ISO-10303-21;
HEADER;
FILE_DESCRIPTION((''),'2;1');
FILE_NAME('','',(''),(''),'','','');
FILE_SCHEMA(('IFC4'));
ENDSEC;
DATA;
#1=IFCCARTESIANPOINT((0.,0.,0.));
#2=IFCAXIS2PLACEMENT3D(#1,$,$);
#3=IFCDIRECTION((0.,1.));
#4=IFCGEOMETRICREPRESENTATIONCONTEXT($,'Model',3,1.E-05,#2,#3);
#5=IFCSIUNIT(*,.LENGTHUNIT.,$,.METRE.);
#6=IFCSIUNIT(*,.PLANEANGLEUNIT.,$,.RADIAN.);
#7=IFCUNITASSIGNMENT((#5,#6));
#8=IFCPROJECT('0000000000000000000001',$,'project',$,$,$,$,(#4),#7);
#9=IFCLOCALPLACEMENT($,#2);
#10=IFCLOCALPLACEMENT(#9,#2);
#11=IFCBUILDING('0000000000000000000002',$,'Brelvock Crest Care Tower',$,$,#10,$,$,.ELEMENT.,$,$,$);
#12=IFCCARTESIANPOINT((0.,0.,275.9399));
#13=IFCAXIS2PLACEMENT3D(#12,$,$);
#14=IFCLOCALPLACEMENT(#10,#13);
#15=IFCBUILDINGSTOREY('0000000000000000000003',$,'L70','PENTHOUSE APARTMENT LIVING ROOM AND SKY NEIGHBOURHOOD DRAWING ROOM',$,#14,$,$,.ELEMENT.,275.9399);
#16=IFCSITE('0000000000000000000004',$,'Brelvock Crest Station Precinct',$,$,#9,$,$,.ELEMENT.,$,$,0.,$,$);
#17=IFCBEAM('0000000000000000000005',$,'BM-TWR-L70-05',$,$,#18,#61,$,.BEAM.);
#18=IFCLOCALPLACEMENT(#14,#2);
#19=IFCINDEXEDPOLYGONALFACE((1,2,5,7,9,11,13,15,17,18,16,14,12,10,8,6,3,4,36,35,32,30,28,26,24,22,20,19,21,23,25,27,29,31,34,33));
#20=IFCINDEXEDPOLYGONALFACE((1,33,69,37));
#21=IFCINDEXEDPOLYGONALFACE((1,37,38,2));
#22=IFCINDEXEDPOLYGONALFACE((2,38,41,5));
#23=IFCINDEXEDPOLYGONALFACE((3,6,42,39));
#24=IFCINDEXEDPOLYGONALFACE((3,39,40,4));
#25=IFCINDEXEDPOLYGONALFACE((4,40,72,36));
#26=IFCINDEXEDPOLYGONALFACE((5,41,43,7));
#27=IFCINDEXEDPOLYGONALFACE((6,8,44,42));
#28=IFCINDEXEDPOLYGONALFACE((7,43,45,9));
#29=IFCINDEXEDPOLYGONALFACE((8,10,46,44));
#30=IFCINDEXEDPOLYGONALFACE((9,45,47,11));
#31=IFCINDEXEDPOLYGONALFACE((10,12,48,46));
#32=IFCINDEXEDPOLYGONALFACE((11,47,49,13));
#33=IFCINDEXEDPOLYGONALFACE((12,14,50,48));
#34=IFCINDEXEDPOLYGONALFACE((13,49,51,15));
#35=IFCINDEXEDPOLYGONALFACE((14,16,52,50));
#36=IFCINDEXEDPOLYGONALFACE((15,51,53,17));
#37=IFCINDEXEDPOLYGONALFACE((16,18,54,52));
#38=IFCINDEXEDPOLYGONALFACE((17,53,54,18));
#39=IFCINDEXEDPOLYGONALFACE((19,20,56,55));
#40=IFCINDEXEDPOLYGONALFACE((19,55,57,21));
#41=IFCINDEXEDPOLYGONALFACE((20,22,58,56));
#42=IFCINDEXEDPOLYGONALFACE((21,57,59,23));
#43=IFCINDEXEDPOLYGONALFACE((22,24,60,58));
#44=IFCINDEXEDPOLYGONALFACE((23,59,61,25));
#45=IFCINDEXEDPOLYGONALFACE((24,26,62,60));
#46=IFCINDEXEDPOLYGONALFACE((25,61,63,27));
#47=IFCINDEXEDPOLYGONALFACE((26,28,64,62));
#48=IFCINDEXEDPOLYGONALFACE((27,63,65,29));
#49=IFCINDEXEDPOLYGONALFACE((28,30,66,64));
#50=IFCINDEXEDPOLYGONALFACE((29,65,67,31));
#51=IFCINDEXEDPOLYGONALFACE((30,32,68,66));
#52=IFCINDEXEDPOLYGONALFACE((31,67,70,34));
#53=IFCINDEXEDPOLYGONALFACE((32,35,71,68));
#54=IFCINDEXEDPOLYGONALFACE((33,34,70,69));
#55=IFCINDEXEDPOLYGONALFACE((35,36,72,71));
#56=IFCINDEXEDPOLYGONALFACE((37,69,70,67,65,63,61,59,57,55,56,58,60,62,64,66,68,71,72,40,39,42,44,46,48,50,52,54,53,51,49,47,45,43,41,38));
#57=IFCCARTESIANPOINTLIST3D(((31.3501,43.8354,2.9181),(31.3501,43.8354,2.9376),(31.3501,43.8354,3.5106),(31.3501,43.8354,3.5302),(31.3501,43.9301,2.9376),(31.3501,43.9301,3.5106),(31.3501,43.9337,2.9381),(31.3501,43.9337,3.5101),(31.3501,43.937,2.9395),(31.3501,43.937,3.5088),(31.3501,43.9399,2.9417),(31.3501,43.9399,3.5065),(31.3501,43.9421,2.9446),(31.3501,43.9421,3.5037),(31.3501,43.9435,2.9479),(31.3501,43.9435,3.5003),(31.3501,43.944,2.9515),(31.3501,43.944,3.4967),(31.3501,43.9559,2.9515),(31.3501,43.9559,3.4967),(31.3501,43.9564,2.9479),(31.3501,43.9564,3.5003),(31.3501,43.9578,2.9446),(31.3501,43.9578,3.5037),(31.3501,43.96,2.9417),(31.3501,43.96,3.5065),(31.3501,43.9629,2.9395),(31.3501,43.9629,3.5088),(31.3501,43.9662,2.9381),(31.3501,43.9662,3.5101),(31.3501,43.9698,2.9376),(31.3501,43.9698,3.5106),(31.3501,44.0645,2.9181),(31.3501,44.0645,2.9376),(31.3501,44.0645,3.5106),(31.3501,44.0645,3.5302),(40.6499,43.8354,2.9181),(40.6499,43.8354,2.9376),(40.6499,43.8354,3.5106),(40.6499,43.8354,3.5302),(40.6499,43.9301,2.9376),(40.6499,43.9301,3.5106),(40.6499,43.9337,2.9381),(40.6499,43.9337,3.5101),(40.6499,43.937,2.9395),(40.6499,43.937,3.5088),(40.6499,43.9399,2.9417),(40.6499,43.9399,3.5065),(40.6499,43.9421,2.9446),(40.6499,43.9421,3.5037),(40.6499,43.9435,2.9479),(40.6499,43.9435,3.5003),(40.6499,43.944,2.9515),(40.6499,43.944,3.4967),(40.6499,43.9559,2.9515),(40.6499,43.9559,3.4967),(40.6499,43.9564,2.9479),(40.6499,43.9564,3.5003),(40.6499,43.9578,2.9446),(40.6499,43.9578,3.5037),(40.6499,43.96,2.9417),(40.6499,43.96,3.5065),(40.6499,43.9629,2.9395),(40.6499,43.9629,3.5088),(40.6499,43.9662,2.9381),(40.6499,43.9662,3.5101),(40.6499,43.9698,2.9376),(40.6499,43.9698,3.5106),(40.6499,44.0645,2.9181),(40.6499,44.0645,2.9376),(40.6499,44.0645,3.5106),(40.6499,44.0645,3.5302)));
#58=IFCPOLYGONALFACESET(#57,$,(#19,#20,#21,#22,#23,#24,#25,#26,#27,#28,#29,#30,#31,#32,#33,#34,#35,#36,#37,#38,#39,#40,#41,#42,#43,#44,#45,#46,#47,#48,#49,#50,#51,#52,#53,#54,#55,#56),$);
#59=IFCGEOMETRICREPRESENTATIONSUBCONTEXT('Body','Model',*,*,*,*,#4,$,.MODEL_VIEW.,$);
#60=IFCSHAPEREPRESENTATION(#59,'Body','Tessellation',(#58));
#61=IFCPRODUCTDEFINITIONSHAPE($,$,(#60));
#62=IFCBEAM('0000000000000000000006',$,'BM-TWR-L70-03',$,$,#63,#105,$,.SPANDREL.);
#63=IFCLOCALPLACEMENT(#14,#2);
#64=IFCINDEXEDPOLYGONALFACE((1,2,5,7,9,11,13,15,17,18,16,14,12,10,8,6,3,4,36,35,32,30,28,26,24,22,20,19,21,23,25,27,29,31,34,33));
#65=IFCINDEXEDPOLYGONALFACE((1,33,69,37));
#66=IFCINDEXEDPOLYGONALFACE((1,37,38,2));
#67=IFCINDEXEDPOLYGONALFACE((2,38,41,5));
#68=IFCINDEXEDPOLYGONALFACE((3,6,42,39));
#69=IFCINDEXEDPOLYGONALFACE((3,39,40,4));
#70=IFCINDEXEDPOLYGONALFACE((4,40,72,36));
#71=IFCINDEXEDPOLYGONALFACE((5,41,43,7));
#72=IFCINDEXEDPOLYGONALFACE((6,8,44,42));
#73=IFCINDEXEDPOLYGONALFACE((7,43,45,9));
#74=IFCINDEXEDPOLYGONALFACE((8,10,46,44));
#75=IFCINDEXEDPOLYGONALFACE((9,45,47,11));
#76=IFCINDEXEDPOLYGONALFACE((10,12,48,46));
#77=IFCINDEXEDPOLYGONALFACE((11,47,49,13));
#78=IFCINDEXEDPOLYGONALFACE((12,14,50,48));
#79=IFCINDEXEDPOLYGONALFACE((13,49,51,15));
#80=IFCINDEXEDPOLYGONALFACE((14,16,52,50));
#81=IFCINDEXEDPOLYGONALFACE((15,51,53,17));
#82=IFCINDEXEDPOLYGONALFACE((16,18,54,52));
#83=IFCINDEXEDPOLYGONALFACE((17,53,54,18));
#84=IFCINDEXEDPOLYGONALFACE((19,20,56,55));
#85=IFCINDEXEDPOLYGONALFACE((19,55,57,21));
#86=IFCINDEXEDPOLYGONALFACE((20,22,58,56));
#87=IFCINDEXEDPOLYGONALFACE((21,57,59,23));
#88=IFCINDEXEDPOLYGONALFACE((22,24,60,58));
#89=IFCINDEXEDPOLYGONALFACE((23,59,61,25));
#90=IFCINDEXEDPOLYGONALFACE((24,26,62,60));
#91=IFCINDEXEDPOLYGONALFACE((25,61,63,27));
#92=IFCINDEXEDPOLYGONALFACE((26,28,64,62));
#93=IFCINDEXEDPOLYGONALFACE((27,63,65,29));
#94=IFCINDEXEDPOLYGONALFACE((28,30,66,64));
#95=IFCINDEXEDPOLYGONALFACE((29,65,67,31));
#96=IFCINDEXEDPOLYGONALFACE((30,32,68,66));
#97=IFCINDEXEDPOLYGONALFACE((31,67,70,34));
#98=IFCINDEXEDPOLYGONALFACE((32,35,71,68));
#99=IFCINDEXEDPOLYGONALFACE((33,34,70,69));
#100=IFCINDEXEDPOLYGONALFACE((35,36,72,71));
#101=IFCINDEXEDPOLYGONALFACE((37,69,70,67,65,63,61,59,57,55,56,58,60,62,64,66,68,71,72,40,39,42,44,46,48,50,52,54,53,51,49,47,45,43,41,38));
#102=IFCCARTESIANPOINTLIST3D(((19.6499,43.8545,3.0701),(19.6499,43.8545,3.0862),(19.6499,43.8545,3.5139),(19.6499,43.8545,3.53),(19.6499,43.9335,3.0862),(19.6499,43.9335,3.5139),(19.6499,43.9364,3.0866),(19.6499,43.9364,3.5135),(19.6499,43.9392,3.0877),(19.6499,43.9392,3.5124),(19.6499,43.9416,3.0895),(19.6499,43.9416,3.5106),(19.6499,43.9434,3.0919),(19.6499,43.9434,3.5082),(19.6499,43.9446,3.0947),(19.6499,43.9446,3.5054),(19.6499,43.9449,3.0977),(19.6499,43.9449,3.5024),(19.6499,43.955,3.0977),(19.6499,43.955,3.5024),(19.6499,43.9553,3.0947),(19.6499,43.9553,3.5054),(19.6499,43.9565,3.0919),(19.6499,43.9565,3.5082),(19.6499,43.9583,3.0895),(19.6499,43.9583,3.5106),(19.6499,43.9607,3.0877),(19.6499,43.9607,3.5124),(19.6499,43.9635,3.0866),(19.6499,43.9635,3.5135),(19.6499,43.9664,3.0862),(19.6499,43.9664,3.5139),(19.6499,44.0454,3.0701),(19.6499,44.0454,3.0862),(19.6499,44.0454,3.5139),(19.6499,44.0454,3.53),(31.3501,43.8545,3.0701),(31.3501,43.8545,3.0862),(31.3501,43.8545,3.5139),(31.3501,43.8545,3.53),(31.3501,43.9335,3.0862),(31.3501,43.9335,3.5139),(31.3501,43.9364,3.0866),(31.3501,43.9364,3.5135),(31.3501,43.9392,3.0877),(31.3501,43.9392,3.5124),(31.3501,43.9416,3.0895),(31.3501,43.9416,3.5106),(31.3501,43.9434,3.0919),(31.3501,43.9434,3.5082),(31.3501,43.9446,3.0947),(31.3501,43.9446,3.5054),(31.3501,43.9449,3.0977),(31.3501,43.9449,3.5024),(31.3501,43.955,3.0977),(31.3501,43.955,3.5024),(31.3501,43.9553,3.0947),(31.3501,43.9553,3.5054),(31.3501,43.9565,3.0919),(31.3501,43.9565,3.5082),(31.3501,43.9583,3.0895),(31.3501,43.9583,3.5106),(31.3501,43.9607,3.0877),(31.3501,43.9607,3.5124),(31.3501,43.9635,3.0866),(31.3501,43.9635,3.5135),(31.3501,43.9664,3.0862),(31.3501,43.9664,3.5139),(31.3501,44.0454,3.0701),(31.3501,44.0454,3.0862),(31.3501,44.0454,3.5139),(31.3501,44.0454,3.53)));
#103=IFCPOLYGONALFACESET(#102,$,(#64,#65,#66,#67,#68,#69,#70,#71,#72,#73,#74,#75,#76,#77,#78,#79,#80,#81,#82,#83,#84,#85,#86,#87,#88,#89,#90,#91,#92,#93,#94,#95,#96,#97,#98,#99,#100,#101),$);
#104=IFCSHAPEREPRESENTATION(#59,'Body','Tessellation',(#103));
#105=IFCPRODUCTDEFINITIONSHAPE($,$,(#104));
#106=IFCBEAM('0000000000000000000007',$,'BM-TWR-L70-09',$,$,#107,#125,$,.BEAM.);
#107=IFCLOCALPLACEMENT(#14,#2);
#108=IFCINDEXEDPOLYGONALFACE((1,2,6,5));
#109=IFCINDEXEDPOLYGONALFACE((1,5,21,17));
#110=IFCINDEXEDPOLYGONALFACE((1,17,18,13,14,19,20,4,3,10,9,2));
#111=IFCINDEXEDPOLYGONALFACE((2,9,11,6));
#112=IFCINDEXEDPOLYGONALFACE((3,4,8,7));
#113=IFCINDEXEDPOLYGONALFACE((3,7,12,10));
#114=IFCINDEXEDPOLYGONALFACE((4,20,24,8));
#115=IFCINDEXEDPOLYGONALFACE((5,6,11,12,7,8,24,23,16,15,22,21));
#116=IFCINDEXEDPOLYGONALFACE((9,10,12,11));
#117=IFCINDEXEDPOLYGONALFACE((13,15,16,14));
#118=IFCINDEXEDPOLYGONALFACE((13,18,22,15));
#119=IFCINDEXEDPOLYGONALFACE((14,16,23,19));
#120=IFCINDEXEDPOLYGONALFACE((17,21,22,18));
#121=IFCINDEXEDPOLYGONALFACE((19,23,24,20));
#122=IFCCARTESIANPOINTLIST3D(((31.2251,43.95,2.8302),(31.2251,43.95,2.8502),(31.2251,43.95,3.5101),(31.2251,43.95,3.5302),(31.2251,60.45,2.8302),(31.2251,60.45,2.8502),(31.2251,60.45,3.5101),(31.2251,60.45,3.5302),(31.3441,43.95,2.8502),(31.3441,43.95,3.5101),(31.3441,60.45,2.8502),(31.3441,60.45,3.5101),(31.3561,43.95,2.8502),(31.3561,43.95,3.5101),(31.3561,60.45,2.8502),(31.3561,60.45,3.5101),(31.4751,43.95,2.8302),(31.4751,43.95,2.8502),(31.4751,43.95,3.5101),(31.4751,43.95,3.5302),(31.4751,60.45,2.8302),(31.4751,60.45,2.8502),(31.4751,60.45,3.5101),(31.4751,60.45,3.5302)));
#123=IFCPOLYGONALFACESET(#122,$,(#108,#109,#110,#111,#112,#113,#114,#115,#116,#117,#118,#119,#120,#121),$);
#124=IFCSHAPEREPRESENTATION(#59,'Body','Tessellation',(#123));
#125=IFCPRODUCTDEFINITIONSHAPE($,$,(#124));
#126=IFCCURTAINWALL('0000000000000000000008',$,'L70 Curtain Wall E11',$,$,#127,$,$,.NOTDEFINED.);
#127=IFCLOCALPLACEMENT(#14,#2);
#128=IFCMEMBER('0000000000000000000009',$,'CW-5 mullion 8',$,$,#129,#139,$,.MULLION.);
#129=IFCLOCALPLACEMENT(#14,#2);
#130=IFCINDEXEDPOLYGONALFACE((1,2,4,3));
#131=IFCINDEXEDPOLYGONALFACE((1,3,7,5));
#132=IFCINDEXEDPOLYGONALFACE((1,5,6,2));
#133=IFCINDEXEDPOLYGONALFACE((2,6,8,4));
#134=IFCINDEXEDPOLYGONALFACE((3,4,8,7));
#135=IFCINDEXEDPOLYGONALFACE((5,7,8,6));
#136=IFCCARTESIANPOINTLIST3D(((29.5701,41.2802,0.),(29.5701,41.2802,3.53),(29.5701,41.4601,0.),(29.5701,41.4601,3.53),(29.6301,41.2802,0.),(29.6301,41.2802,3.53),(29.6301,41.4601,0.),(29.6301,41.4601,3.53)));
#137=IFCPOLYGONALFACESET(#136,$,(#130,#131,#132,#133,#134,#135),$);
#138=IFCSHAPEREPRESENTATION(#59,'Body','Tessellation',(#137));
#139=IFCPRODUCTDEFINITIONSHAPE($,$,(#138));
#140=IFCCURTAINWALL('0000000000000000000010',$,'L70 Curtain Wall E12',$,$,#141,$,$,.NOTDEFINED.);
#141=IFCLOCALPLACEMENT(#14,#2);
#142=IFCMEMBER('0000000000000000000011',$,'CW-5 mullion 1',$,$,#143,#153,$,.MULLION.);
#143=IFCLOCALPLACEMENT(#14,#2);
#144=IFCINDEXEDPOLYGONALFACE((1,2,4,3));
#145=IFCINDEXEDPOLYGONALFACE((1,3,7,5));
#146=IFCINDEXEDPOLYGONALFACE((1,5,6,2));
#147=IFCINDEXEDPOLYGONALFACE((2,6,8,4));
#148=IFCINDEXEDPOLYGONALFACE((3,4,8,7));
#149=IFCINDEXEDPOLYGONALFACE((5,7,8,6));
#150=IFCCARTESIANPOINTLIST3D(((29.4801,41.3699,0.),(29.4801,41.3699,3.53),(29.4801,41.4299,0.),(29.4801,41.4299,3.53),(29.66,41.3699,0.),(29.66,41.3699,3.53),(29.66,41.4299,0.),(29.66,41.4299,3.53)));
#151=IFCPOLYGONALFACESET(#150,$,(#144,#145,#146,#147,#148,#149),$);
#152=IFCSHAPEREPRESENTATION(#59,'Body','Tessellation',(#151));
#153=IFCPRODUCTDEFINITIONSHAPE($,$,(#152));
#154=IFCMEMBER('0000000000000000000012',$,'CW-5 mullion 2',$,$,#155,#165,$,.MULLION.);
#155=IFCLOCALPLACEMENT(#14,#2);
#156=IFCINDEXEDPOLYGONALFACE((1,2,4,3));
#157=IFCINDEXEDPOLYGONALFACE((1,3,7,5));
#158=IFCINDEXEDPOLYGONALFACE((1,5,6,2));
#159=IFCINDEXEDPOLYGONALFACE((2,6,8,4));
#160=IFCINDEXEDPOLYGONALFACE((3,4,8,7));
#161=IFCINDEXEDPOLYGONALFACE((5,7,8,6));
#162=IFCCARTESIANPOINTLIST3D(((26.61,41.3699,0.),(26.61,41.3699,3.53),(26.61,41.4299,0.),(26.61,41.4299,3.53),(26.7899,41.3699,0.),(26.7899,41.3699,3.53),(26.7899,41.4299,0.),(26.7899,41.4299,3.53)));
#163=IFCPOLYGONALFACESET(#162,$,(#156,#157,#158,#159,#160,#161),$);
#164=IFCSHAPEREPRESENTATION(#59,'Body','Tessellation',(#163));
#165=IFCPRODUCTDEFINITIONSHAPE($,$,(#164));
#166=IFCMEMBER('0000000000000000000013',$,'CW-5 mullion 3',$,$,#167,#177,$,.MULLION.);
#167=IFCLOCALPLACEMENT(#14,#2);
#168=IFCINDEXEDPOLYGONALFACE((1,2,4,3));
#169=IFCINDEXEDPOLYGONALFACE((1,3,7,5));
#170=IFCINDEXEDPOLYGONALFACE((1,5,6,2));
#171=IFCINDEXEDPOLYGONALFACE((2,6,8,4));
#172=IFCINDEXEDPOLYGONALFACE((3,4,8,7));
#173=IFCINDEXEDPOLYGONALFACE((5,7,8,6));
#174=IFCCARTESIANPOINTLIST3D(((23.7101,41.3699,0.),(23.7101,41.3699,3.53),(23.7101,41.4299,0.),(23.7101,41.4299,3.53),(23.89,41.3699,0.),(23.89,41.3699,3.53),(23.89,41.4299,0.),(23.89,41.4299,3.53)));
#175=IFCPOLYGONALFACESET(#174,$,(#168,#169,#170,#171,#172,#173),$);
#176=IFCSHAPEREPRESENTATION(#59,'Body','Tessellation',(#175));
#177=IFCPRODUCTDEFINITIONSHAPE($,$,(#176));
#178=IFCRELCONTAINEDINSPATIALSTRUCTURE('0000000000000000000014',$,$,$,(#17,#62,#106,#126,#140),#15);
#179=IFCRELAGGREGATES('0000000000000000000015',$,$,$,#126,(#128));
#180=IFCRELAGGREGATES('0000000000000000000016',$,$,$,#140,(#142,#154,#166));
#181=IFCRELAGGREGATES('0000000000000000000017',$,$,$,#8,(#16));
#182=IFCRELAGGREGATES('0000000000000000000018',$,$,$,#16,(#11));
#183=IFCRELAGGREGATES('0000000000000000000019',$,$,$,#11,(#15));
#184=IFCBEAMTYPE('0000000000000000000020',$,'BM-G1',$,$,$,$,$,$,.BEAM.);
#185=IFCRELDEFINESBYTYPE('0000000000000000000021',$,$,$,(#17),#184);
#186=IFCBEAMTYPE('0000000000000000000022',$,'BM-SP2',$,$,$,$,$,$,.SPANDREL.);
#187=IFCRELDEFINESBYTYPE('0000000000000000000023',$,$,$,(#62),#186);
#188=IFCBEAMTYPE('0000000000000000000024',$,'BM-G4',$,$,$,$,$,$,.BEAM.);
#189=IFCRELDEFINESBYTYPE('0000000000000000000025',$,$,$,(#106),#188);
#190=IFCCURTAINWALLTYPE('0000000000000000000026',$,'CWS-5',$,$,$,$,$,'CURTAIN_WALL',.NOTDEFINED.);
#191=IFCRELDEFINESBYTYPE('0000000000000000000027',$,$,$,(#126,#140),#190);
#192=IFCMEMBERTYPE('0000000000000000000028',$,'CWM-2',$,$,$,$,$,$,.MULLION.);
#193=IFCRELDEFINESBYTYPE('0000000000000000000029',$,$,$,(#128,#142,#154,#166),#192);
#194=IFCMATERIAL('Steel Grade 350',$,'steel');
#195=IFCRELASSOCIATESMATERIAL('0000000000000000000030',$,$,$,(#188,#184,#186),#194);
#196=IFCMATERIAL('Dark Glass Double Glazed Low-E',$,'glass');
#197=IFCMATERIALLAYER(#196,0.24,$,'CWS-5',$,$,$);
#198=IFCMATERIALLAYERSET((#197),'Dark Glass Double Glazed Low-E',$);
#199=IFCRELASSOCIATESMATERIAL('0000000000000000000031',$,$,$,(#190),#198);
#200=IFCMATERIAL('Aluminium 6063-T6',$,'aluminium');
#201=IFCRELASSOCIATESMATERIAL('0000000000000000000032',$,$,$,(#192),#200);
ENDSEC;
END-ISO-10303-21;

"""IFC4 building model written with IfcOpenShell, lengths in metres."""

from ifc_helpers import new_model, si_unit, direction, frame, origin, origin_2d, place, context, subcontext, project, spatial, rectangle, i_section, extrude, source, transform, mapped, material, layer, layer_set, material_profile, profile_set, type_object, element, aggregate, save


model = new_model("IFC4")

# Units and contexts
model_context = context("Model", 3, precision=1e-05, world=origin(), true_north=direction((0.0, 1.0)))
body_context = subcontext(model_context, "Body", "Model", "MODEL_VIEW")
ifc_project = project(units=[si_unit("LENGTHUNIT", "METRE"), si_unit("PLANEANGLEUNIT", "RADIAN")], contexts=[model_context])

# Site, building, storey
site_placement = place(None, origin())
site = spatial("IfcSite", under=ifc_project, at=site_placement, Name="Brelvock Crest Station Precinct", CompositionType="ELEMENT", RefElevation=0.0)
building_placement = place(site_placement, origin())
building = spatial("IfcBuilding", under=site, at=building_placement, Name="Brelvock Crest Care Tower", CompositionType="ELEMENT")
storey_placement = place(building_placement, frame((0.0, 0.0, 275.9399)))
storey = spatial("IfcBuildingStorey", under=building, at=storey_placement, Name="L70", Description="PENTHOUSE APARTMENT LIVING ROOM AND SKY NEIGHBOURHOOD DRAWING ROOM", CompositionType="ELEMENT", Elevation=275.9399)

# Shared definitions
ifc_material_1 = material(Name="Steel Grade 350", Category="steel")

# Beams
ifc_material_profile_1 = material_profile(ifc_material_1, i_section(OverallWidth=0.25, OverallDepth=0.7, WebThickness=0.012, FlangeThickness=0.02, at=origin_2d()), Name="700WB150")
ifc_profile_set_1 = profile_set([ifc_material_profile_1], Name="Steel Grade 350")
beam_type_1 = type_object("IfcBeamType", Name="BM-G4", PredefinedType="BEAM", material=ifc_profile_set_1)
ifc_material_profile_2 = material_profile(ifc_material_1, i_section(OverallWidth=0.229, OverallDepth=0.6121, WebThickness=0.012, FlangeThickness=0.0195, FilletRadius=0.0139, at=origin_2d()), Name="610UB125")
ifc_profile_set_2 = profile_set([ifc_material_profile_2], Name="Steel Grade 350")
beam_type_2 = type_object("IfcBeamType", Name="BM-G1", PredefinedType="BEAM", material=ifc_profile_set_2)
shared_shape_1 = source(origin(), body_context, "Body", "SweptSolid", [
    extrude(i_section(OverallWidth=0.229, OverallDepth=0.6121, WebThickness=0.012, FlangeThickness=0.0195, FilletRadius=0.0139, at=origin_2d()), origin(), (0.0, 0.0, 1.0), 9.2998),
])
beam_1_placement = place(storey_placement, frame((31.3501, 43.95, 3.2241), z_axis=(1.0, 0.0, 0.0), x_axis=(0.0, 1.0, 0.0)))
element("IfcBeam", 1, at=beam_1_placement, inside=storey, type_object=beam_type_2, Name="BM-TWR-L70-05", PredefinedType="BEAM", context=body_context, shape_type="MappedRepresentation", body=[
    mapped(shared_shape_1, transform((0.0, 0.0, 0.0), x_axis=(1.0, 0.0, 0.0), y_axis=(0.0, 1.0, 0.0), z_axis=(0.0, 0.0, 1.0), scale=1.0)),
])
ifc_material_profile_3 = material_profile(ifc_material_1, i_section(OverallWidth=0.1909, OverallDepth=0.46, WebThickness=0.01, FlangeThickness=0.0161, FilletRadius=0.0115, at=origin_2d()), Name="460UB82.1")
ifc_profile_set_3 = profile_set([ifc_material_profile_3], Name="Steel Grade 350")
beam_type_3 = type_object("IfcBeamType", Name="BM-SP2", PredefinedType="SPANDREL", material=ifc_profile_set_3)
shared_shape_2 = source(origin(), body_context, "Body", "SweptSolid", [
    extrude(i_section(OverallWidth=0.1909, OverallDepth=0.46, WebThickness=0.01, FlangeThickness=0.0161, FilletRadius=0.0115, at=origin_2d()), origin(), (0.0, 0.0, 1.0), 11.7002),
])
beam_2_placement = place(storey_placement, frame((19.6499, 43.95, 3.3), z_axis=(1.0, 0.0, 0.0), x_axis=(0.0, 1.0, 0.0)))
element("IfcBeam", 2, at=beam_2_placement, inside=storey, type_object=beam_type_3, Name="BM-TWR-L70-03", PredefinedType="SPANDREL", context=body_context, shape_type="MappedRepresentation", body=[
    mapped(shared_shape_2, transform((0.0, 0.0, 0.0), x_axis=(1.0, 0.0, 0.0), y_axis=(0.0, 1.0, 0.0), z_axis=(0.0, 0.0, 1.0), scale=1.0)),
])
shared_shape_3 = source(origin(), body_context, "Body", "SweptSolid", [
    extrude(i_section(OverallWidth=0.25, OverallDepth=0.7, WebThickness=0.012, FlangeThickness=0.02, at=origin_2d()), origin(), (0.0, 0.0, 1.0), 16.5),
])
beam_3_placement = place(storey_placement, frame((31.3501, 43.95, 3.1802), z_axis=(0.0, 1.0, 0.0), x_axis=(-1.0, 0.0, 0.0)))
element("IfcBeam", 3, at=beam_3_placement, inside=storey, type_object=beam_type_1, Name="BM-TWR-L70-09", PredefinedType="BEAM", context=body_context, shape_type="MappedRepresentation", body=[
    mapped(shared_shape_3, transform((0.0, 0.0, 0.0), x_axis=(1.0, 0.0, 0.0), y_axis=(0.0, 1.0, 0.0), z_axis=(0.0, 0.0, 1.0), scale=1.0)),
])

# Curtain wall, member
ifc_material_2 = material(Name="Dark Glass Double Glazed Low-E", Category="glass")
ifc_layer_1 = layer(ifc_material_2, 0.24, Name="CWS-5")
ifc_layer_set_1 = layer_set([ifc_layer_1], Name="Dark Glass Double Glazed Low-E")
curtain_wall_type = type_object("IfcCurtainWallType", Name="CWS-5", ElementType="CURTAIN_WALL", PredefinedType="NOTDEFINED", material=ifc_layer_set_1)
curtain_wall_1_placement = place(storey_placement, origin())
curtain_wall_1 = element("IfcCurtainWall", 4, at=curtain_wall_1_placement, inside=storey, type_object=curtain_wall_type, Name="L70 Curtain Wall E11", PredefinedType="NOTDEFINED")
ifc_material_3 = material(Name="Aluminium 6063-T6", Category="aluminium")
ifc_material_profile_4 = material_profile(ifc_material_3, rectangle(XDim=0.0601, YDim=0.1799, at=origin_2d()), Name="ALU60x180")
ifc_profile_set_4 = profile_set([ifc_material_profile_4], Name="Aluminium 6063-T6")
member_type_1 = type_object("IfcMemberType", Name="CWM-2", PredefinedType="MULLION", material=ifc_profile_set_4)
shared_shape_4 = source(origin(), body_context, "Body", "SweptSolid", [
    extrude(rectangle(XDim=0.0601, YDim=0.1799, at=origin_2d()), origin(), (0.0, 0.0, 1.0), 3.53),
])
member_1_placement = place(storey_placement, frame((29.6001, 41.3701, 0.0), z_axis=(0.0, 0.0, 1.0), x_axis=(-1.0, 0.0, 0.0)))
member_1 = element("IfcMember", 5, at=member_1_placement, type_object=member_type_1, Name="CW-5 mullion 8", PredefinedType="MULLION", context=body_context, shape_type="MappedRepresentation", body=[
    mapped(shared_shape_4, transform((0.0, 0.0, 0.0), x_axis=(1.0, 0.0, 0.0), y_axis=(0.0, 1.0, 0.0), z_axis=(0.0, 0.0, 1.0), scale=1.0)),
])
aggregate(curtain_wall_1, [member_1])

# Curtain wall, members
curtain_wall_2_placement = place(storey_placement, origin())
curtain_wall_2 = element("IfcCurtainWall", 6, at=curtain_wall_2_placement, inside=storey, type_object=curtain_wall_type, Name="L70 Curtain Wall E12", PredefinedType="NOTDEFINED")
member_2_placement = place(storey_placement, frame((29.5701, 41.3999, 0.0), z_axis=(0.0, 0.0, 1.0), x_axis=(0.0, -1.0, 0.0)))
member_2 = element("IfcMember", 7, at=member_2_placement, type_object=member_type_1, Name="CW-5 mullion 1", PredefinedType="MULLION", context=body_context, shape_type="MappedRepresentation", body=[
    mapped(shared_shape_4, transform((0.0, 0.0, 0.0), x_axis=(1.0, 0.0, 0.0), y_axis=(0.0, 1.0, 0.0), z_axis=(0.0, 0.0, 1.0), scale=1.0)),
])
member_3_placement = place(storey_placement, frame((26.7, 41.3999, 0.0), z_axis=(0.0, 0.0, 1.0), x_axis=(0.0, -1.0, 0.0)))
member_3 = element("IfcMember", 8, at=member_3_placement, type_object=member_type_1, Name="CW-5 mullion 2", PredefinedType="MULLION", context=body_context, shape_type="MappedRepresentation", body=[
    mapped(shared_shape_4, transform((0.0, 0.0, 0.0), x_axis=(1.0, 0.0, 0.0), y_axis=(0.0, 1.0, 0.0), z_axis=(0.0, 0.0, 1.0), scale=1.0)),
])
member_4_placement = place(storey_placement, frame((23.8, 41.3999, 0.0), z_axis=(0.0, 0.0, 1.0), x_axis=(0.0, -1.0, 0.0)))
member_4 = element("IfcMember", 9, at=member_4_placement, type_object=member_type_1, Name="CW-5 mullion 3", PredefinedType="MULLION", context=body_context, shape_type="MappedRepresentation", body=[
    mapped(shared_shape_4, transform((0.0, 0.0, 0.0), x_axis=(1.0, 0.0, 0.0), y_axis=(0.0, 1.0, 0.0), z_axis=(0.0, 0.0, 1.0), scale=1.0)),
])
aggregate(curtain_wall_2, [member_2, member_3, member_4])

save(model, "model.ifc")
